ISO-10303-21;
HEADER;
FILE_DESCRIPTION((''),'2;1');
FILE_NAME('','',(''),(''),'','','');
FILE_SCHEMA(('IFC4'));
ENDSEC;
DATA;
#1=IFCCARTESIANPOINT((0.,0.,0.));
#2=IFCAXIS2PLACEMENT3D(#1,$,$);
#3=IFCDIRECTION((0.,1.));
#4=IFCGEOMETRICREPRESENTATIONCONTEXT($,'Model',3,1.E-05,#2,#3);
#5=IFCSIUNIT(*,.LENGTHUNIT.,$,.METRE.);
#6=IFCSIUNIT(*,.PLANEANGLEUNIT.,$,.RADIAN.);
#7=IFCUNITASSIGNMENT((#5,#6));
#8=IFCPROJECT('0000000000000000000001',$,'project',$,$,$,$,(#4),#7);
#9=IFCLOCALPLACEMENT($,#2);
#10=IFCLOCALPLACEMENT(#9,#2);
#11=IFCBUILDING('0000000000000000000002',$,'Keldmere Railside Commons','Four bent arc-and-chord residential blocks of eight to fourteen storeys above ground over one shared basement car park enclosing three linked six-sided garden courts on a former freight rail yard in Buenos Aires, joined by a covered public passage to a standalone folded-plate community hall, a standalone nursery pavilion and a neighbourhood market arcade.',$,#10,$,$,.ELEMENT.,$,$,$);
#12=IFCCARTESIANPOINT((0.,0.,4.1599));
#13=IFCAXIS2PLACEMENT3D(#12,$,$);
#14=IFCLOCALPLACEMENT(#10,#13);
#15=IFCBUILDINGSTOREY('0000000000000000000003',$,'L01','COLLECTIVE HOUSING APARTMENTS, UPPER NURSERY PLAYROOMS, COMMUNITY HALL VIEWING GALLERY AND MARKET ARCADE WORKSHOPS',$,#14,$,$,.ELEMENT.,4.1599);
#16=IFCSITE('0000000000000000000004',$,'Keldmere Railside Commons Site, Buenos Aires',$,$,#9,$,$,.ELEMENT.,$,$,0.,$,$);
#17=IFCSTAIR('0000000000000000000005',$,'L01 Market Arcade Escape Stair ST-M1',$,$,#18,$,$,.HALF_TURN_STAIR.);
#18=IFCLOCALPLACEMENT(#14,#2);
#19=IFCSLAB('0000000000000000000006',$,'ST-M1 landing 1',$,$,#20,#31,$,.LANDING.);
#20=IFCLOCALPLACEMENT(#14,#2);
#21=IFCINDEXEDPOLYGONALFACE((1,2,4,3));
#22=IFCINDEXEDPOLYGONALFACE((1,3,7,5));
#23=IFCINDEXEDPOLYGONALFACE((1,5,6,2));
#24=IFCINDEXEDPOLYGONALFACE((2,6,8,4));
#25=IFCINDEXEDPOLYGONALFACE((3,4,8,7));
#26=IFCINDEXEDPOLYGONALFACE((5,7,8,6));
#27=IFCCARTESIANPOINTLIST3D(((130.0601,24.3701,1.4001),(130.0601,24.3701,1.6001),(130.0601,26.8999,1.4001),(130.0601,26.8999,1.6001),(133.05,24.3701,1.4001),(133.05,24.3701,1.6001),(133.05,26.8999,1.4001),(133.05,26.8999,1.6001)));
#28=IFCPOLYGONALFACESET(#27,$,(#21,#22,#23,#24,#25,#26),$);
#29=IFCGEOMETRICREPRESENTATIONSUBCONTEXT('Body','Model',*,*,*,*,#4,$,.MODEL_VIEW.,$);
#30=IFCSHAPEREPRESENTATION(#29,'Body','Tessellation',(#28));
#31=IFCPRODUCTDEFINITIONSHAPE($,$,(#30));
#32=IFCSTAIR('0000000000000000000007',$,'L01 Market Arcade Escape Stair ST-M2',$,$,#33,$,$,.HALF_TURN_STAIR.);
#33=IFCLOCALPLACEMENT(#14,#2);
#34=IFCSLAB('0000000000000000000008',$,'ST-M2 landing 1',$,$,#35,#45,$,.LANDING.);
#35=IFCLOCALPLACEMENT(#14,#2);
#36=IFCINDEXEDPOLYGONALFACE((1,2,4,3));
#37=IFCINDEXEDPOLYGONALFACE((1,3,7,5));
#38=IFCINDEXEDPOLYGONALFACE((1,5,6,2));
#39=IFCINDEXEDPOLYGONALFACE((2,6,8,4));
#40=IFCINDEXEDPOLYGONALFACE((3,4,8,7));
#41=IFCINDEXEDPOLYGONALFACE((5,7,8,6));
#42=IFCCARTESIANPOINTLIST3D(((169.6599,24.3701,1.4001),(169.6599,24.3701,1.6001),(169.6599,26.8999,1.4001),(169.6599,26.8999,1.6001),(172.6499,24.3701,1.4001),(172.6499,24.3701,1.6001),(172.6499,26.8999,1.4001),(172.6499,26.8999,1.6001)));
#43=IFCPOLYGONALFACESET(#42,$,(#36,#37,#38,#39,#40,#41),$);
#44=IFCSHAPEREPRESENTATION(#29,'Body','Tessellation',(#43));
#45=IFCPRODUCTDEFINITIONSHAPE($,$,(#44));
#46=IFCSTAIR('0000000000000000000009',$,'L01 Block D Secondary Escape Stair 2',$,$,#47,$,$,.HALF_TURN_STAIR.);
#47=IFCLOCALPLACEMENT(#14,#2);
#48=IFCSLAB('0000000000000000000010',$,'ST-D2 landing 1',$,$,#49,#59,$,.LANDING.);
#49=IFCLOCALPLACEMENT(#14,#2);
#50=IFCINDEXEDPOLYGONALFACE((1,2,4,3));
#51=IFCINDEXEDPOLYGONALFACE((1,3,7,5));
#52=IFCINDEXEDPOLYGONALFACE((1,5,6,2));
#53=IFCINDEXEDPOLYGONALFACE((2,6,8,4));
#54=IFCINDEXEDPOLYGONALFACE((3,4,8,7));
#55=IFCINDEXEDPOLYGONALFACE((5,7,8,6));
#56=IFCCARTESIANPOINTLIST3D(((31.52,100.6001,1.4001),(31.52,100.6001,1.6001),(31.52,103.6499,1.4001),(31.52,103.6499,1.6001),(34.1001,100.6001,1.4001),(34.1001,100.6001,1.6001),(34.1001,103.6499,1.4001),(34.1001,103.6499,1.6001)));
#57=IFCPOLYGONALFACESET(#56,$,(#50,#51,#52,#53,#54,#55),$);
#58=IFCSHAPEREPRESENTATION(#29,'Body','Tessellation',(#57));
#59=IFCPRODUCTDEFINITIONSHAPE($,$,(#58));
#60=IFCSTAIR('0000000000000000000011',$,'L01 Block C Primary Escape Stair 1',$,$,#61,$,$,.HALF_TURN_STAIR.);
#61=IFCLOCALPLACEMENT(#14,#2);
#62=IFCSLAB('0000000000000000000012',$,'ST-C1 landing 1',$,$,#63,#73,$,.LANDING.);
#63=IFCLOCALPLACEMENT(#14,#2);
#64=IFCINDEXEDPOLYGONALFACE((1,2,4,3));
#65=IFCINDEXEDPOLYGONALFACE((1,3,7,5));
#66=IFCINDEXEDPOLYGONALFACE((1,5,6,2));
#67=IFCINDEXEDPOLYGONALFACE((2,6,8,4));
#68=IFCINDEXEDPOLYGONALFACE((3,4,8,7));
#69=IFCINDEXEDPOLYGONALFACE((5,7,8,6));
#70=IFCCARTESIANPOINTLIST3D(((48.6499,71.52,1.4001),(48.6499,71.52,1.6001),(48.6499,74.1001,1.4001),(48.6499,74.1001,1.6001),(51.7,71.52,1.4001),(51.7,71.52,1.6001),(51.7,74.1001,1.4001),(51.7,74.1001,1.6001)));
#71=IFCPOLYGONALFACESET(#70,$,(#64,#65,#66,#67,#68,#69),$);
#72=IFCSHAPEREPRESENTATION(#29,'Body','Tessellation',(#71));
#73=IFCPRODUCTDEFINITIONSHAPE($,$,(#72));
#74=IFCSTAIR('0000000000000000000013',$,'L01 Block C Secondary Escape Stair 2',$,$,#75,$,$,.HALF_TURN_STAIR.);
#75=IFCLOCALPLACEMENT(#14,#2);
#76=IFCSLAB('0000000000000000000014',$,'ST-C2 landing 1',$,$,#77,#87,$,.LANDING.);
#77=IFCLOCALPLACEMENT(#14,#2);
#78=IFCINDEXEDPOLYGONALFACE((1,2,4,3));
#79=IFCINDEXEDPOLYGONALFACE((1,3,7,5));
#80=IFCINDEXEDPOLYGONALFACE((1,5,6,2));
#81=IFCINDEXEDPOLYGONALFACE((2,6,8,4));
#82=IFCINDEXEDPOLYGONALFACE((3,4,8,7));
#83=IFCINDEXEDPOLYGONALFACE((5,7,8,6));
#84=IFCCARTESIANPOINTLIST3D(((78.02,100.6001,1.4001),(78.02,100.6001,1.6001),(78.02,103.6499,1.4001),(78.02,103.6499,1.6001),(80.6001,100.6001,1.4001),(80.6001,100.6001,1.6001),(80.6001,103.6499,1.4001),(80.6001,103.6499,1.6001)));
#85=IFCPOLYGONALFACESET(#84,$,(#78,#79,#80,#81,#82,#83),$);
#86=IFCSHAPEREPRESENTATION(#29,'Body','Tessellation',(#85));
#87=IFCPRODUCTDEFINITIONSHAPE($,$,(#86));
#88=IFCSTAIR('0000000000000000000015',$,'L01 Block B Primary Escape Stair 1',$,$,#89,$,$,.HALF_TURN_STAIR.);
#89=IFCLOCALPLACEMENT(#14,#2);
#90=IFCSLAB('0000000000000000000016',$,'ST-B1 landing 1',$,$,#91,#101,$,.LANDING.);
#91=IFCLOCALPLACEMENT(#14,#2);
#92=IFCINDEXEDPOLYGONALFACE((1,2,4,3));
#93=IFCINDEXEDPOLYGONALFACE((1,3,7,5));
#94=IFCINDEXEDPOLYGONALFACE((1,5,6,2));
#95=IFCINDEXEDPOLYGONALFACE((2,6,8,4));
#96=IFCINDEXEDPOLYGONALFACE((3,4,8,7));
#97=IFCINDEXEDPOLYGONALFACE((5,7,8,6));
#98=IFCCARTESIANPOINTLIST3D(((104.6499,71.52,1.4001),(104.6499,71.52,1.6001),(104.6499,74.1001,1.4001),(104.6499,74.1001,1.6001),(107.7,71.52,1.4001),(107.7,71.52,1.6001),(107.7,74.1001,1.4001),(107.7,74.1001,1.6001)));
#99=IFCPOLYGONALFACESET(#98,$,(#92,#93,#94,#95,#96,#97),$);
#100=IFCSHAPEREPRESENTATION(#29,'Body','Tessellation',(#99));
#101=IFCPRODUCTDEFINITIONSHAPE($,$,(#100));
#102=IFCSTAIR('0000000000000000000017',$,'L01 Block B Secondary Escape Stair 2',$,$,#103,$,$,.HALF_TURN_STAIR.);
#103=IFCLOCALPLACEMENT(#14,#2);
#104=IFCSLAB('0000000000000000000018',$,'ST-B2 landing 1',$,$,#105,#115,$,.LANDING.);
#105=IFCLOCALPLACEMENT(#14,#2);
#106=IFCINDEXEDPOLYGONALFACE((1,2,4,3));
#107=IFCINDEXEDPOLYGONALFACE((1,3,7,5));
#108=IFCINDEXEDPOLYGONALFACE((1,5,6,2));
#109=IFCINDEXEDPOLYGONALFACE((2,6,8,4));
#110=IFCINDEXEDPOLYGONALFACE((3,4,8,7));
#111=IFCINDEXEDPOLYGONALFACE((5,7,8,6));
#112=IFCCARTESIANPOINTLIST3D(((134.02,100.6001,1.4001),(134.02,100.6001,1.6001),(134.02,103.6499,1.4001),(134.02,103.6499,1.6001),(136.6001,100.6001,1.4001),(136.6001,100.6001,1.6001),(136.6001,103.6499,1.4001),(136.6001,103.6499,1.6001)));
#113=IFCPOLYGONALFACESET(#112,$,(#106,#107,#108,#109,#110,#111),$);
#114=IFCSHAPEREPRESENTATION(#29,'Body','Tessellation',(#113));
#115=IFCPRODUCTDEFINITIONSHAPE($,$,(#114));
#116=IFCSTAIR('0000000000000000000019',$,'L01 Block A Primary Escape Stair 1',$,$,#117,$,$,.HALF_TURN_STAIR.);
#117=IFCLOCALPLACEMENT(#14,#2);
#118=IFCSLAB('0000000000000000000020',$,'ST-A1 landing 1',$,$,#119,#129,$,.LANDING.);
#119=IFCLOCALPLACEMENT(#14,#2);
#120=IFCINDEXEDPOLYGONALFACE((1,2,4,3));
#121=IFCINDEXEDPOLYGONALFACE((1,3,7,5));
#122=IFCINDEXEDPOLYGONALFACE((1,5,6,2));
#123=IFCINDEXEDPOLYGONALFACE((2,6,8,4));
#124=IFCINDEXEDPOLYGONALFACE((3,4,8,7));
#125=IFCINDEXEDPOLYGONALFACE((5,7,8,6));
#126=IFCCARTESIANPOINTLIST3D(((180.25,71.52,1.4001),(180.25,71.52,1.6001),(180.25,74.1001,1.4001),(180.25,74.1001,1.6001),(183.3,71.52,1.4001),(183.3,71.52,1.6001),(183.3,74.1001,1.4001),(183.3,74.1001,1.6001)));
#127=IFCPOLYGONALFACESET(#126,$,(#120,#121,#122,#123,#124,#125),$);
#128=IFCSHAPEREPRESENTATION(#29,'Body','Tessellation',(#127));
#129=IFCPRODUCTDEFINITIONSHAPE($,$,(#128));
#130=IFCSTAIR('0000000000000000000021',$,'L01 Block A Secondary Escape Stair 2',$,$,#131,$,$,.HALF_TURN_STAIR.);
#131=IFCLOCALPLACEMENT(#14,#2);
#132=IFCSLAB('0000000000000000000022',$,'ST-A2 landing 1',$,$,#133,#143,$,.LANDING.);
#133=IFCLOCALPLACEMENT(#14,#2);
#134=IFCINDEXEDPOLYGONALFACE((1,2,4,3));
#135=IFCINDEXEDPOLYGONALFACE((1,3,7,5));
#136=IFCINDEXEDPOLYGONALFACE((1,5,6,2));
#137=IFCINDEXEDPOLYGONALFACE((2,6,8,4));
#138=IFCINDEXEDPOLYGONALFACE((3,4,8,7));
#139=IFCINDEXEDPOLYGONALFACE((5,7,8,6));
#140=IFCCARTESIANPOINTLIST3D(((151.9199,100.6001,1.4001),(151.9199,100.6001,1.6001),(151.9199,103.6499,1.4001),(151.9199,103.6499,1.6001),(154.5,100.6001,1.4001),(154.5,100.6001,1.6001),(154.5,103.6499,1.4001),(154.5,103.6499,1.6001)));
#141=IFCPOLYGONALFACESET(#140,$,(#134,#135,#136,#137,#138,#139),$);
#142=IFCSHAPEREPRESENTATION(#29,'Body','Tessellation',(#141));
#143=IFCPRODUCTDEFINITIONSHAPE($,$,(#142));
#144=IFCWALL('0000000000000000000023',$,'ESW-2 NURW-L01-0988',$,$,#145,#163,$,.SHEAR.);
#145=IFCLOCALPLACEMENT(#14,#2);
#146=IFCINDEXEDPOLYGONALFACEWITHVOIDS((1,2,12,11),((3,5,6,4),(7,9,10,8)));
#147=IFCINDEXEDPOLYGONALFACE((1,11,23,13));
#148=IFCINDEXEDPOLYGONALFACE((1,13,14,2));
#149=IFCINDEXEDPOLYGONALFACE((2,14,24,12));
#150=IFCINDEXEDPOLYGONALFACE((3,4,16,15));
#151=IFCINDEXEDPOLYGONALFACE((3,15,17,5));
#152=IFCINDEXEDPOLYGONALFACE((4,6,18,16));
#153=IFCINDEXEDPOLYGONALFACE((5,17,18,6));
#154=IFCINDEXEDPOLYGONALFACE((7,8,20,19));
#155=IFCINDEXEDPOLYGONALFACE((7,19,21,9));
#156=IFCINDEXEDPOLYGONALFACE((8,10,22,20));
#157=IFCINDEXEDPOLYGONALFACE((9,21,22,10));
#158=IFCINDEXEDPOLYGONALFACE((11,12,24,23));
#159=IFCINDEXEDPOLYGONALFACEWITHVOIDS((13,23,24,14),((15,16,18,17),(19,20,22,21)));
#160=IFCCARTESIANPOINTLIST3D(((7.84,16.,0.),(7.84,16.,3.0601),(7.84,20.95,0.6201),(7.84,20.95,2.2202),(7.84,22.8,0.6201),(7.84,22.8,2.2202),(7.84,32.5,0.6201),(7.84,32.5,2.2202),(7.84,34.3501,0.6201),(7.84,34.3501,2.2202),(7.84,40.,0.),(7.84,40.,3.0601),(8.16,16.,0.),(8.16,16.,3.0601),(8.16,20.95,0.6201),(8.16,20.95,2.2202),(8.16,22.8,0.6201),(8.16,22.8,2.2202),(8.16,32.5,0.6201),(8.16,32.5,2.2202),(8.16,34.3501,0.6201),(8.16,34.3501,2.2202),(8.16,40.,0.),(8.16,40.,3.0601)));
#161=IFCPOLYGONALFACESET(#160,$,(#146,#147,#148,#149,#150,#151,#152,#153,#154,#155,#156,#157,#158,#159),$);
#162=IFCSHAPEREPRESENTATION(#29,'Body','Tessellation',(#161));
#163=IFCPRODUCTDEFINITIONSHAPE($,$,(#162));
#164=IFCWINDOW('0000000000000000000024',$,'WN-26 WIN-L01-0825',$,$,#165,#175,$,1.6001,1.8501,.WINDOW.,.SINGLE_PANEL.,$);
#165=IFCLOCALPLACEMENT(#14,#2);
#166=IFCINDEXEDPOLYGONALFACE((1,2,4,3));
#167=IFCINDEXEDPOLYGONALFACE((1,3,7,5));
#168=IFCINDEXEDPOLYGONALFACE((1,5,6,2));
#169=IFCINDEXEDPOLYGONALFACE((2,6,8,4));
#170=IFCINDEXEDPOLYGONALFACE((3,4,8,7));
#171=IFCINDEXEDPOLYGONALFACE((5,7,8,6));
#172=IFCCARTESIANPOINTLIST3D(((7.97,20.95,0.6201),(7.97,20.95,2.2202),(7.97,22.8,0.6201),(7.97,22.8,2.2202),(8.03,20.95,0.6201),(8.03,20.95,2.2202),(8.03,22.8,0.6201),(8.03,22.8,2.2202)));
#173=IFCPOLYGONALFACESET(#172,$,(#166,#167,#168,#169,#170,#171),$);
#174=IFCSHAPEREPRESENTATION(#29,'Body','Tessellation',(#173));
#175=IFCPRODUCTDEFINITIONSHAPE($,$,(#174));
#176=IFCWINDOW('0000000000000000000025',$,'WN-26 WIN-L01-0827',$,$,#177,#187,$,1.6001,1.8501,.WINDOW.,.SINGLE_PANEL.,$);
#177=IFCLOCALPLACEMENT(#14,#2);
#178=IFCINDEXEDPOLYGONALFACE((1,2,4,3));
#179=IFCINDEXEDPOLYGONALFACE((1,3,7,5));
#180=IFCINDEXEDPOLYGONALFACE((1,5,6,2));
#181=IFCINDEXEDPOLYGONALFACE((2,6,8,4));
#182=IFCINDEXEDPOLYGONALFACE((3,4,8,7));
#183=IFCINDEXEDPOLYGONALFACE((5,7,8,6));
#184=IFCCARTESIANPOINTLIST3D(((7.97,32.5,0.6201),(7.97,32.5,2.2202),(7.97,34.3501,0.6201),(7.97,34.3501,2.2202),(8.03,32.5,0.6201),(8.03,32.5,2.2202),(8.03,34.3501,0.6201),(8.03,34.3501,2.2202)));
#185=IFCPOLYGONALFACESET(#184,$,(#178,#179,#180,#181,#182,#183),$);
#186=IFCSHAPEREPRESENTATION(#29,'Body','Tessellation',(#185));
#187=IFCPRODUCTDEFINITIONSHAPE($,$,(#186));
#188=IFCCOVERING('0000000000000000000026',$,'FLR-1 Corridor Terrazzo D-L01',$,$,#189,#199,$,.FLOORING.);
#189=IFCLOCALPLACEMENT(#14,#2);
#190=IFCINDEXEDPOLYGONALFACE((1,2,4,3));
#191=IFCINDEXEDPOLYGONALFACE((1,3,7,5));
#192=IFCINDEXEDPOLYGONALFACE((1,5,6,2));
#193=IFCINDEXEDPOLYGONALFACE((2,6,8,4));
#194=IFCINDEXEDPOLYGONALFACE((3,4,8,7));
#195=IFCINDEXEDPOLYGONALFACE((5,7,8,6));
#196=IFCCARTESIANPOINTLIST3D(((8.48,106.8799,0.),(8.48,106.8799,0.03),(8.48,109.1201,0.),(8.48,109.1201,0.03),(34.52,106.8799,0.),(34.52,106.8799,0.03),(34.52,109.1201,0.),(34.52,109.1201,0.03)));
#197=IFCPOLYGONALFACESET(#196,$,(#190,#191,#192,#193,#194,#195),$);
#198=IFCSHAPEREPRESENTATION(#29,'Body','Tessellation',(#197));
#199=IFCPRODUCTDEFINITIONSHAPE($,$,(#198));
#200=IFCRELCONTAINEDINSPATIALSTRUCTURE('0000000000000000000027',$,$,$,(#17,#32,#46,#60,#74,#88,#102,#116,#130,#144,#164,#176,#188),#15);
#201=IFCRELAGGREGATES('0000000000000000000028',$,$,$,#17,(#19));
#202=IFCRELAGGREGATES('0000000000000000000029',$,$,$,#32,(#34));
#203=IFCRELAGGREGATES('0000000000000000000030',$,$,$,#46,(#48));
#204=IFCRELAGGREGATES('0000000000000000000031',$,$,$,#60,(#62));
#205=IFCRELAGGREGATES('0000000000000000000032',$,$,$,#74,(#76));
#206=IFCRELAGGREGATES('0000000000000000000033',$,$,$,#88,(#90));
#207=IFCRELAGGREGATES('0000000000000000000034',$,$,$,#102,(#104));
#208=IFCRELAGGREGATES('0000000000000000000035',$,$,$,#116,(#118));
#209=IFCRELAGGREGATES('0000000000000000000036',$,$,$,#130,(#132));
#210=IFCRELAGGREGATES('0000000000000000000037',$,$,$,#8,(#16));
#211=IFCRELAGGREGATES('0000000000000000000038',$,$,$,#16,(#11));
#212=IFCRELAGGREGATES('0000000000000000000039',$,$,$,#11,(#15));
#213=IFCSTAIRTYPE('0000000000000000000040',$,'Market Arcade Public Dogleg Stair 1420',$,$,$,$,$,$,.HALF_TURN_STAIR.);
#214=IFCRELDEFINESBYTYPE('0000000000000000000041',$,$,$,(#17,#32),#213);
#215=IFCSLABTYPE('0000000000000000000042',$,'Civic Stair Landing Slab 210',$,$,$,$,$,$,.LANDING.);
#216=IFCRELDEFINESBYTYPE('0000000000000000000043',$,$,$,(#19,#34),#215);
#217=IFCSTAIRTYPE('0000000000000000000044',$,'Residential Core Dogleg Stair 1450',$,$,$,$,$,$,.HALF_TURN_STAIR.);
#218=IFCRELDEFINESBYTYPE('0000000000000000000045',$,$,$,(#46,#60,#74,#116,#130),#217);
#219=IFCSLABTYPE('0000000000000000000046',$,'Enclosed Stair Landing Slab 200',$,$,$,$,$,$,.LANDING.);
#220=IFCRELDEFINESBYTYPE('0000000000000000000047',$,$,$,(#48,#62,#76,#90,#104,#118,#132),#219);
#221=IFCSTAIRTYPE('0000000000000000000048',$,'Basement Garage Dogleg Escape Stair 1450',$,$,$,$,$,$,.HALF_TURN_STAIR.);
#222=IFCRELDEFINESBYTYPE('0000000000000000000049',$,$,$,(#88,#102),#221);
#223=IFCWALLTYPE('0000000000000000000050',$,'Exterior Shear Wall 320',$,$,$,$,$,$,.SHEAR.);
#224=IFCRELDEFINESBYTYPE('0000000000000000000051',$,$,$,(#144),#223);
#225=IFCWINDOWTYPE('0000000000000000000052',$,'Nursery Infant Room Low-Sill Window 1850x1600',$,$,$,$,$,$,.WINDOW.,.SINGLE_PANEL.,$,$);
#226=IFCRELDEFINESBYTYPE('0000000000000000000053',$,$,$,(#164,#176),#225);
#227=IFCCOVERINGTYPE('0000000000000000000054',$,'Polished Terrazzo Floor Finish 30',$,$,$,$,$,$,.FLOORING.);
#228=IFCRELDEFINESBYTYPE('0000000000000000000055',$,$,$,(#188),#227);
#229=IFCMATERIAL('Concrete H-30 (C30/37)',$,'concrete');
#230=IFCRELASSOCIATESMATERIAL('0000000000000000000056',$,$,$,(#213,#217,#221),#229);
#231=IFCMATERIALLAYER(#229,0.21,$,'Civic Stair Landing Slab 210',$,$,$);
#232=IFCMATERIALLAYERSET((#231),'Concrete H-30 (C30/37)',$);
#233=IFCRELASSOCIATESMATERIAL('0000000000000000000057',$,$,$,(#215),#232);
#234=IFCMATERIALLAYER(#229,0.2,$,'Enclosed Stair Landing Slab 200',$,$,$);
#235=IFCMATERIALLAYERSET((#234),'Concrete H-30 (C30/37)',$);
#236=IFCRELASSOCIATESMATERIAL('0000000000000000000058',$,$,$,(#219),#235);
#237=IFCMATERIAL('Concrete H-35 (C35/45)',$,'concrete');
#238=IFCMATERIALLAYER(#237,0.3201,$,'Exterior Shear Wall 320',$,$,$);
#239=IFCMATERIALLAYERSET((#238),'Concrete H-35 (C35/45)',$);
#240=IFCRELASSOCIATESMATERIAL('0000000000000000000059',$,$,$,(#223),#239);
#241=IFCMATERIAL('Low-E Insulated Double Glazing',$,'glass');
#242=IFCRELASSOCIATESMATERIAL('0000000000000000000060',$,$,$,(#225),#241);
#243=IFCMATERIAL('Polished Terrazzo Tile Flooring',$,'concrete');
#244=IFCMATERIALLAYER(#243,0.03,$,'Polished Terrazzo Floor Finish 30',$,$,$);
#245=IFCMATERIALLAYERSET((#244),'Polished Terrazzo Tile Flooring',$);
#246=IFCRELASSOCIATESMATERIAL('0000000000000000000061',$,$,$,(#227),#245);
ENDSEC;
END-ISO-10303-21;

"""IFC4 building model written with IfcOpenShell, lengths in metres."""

from ifc_helpers import new_model, si_unit, direction, frame, frame_2d, origin, place, context, subcontext, project, spatial, polyline, rectangle, outline, extrude, material, layer, layer_set, type_object, element, fill, aggregate, save


model = new_model("IFC4")

# Units and contexts
model_context = context("Model", 3, precision=1e-05, world=origin(), true_north=direction((0.0, 1.0)))
body_context = subcontext(model_context, "Body", "Model", "MODEL_VIEW")
ifc_project = project(units=[si_unit("LENGTHUNIT", "METRE"), si_unit("PLANEANGLEUNIT", "RADIAN")], contexts=[model_context])

# Site, building, storey
site_placement = place(None, origin())
site = spatial("IfcSite", under=ifc_project, at=site_placement, Name="Keldmere Railside Commons Site, Buenos Aires", CompositionType="ELEMENT", RefElevation=0.0)
building_placement = place(site_placement, origin())
building = spatial("IfcBuilding", under=site, at=building_placement, Name="Keldmere Railside Commons", Description="Four bent arc-and-chord residential blocks of eight to fourteen storeys above ground over one shared basement car park enclosing three linked six-sided garden courts on a former freight rail yard in Buenos Aires, joined by a covered public passage to a standalone folded-plate community hall, a standalone nursery pavilion and a neighbourhood market arcade.", CompositionType="ELEMENT")
storey_placement = place(building_placement, frame((0.0, 0.0, 4.1599)))
storey = spatial("IfcBuildingStorey", under=building, at=storey_placement, Name="L01", Description="COLLECTIVE HOUSING APARTMENTS, UPPER NURSERY PLAYROOMS, COMMUNITY HALL VIEWING GALLERY AND MARKET ARCADE WORKSHOPS", CompositionType="ELEMENT", Elevation=4.1599)

# Stairs, slabs
ifc_material_1 = material(Name="Concrete H-30 (C30/37)", Category="concrete")
stair_type_1 = type_object("IfcStairType", Name="Market Arcade Public Dogleg Stair 1420", PredefinedType="HALF_TURN_STAIR", material=ifc_material_1)
stair_1_placement = place(storey_placement, origin())
stair_1 = element("IfcStair", 1, at=stair_1_placement, inside=storey, type_object=stair_type_1, Name="L01 Market Arcade Escape Stair ST-M1", PredefinedType="HALF_TURN_STAIR")
ifc_layer_1 = layer(ifc_material_1, 0.21, Name="Civic Stair Landing Slab 210")
ifc_layer_set_1 = layer_set([ifc_layer_1], Name="Concrete H-30 (C30/37)")
slab_type_1 = type_object("IfcSlabType", Name="Civic Stair Landing Slab 210", PredefinedType="LANDING", material=ifc_layer_set_1)
slab_1_placement = place(storey_placement, frame((0.0, 0.0, 1.4001)))
slab_1 = element("IfcSlab", 2, at=slab_1_placement, type_object=slab_type_1, Name="ST-M1 landing 1", PredefinedType="LANDING", context=body_context, shape_type="SweptSolid", body=[
    extrude(outline(polyline([(133.05, 24.3701), (133.05, 26.8999), (130.0601, 26.8999), (130.0601, 24.3701), (133.05, 24.3701)])), origin(), (0.0, 0.0, 1.0), 0.2),
])
aggregate(stair_1, [slab_1])
stair_2_placement = place(storey_placement, origin())
stair_2 = element("IfcStair", 3, at=stair_2_placement, inside=storey, type_object=stair_type_1, Name="L01 Market Arcade Escape Stair ST-M2", PredefinedType="HALF_TURN_STAIR")
slab_2_placement = place(storey_placement, frame((0.0, 0.0, 1.4001)))
slab_2 = element("IfcSlab", 4, at=slab_2_placement, type_object=slab_type_1, Name="ST-M2 landing 1", PredefinedType="LANDING", context=body_context, shape_type="SweptSolid", body=[
    extrude(outline(polyline([(172.6499, 24.3701), (172.6499, 26.8999), (169.6599, 26.8999), (169.6599, 24.3701), (172.6499, 24.3701)])), origin(), (0.0, 0.0, 1.0), 0.2),
])
aggregate(stair_2, [slab_2])
stair_type_2 = type_object("IfcStairType", Name="Residential Core Dogleg Stair 1450", PredefinedType="HALF_TURN_STAIR", material=ifc_material_1)
stair_3_placement = place(storey_placement, origin())
stair_3 = element("IfcStair", 5, at=stair_3_placement, inside=storey, type_object=stair_type_2, Name="L01 Block D Secondary Escape Stair 2", PredefinedType="HALF_TURN_STAIR")
ifc_layer_2 = layer(ifc_material_1, 0.2, Name="Enclosed Stair Landing Slab 200")
ifc_layer_set_2 = layer_set([ifc_layer_2], Name="Concrete H-30 (C30/37)")
slab_type_2 = type_object("IfcSlabType", Name="Enclosed Stair Landing Slab 200", PredefinedType="LANDING", material=ifc_layer_set_2)
slab_3_placement = place(storey_placement, frame((0.0, 0.0, 1.4001)))
slab_3 = element("IfcSlab", 6, at=slab_3_placement, type_object=slab_type_2, Name="ST-D2 landing 1", PredefinedType="LANDING", context=body_context, shape_type="SweptSolid", body=[
    extrude(outline(polyline([(31.52, 100.6001), (34.1001, 100.6001), (34.1001, 103.6499), (31.52, 103.6499), (31.52, 100.6001)])), origin(), (0.0, 0.0, 1.0), 0.2),
])
aggregate(stair_3, [slab_3])
stair_4_placement = place(storey_placement, origin())
stair_4 = element("IfcStair", 7, at=stair_4_placement, inside=storey, type_object=stair_type_2, Name="L01 Block C Primary Escape Stair 1", PredefinedType="HALF_TURN_STAIR")
slab_4_placement = place(storey_placement, frame((0.0, 0.0, 1.4001)))
slab_4 = element("IfcSlab", 8, at=slab_4_placement, type_object=slab_type_2, Name="ST-C1 landing 1", PredefinedType="LANDING", context=body_context, shape_type="SweptSolid", body=[
    extrude(outline(polyline([(51.7, 71.52), (51.7, 74.1001), (48.6499, 74.1001), (48.6499, 71.52), (51.7, 71.52)])), origin(), (0.0, 0.0, 1.0), 0.2),
])
aggregate(stair_4, [slab_4])
stair_5_placement = place(storey_placement, origin())
stair_5 = element("IfcStair", 9, at=stair_5_placement, inside=storey, type_object=stair_type_2, Name="L01 Block C Secondary Escape Stair 2", PredefinedType="HALF_TURN_STAIR")
slab_5_placement = place(storey_placement, frame((0.0, 0.0, 1.4001)))
slab_5 = element("IfcSlab", 10, at=slab_5_placement, type_object=slab_type_2, Name="ST-C2 landing 1", PredefinedType="LANDING", context=body_context, shape_type="SweptSolid", body=[
    extrude(outline(polyline([(78.02, 100.6001), (80.6001, 100.6001), (80.6001, 103.6499), (78.02, 103.6499), (78.02, 100.6001)])), origin(), (0.0, 0.0, 1.0), 0.2),
])
aggregate(stair_5, [slab_5])
stair_type_3 = type_object("IfcStairType", Name="Basement Garage Dogleg Escape Stair 1450", PredefinedType="HALF_TURN_STAIR", material=ifc_material_1)
stair_6_placement = place(storey_placement, origin())
stair_6 = element("IfcStair", 11, at=stair_6_placement, inside=storey, type_object=stair_type_3, Name="L01 Block B Primary Escape Stair 1", PredefinedType="HALF_TURN_STAIR")
slab_6_placement = place(storey_placement, frame((0.0, 0.0, 1.4001)))
slab_6 = element("IfcSlab", 12, at=slab_6_placement, type_object=slab_type_2, Name="ST-B1 landing 1", PredefinedType="LANDING", context=body_context, shape_type="SweptSolid", body=[
    extrude(outline(polyline([(107.7, 71.52), (107.7, 74.1001), (104.6499, 74.1001), (104.6499, 71.52), (107.7, 71.52)])), origin(), (0.0, 0.0, 1.0), 0.2),
])
aggregate(stair_6, [slab_6])
stair_7_placement = place(storey_placement, origin())
stair_7 = element("IfcStair", 13, at=stair_7_placement, inside=storey, type_object=stair_type_3, Name="L01 Block B Secondary Escape Stair 2", PredefinedType="HALF_TURN_STAIR")
slab_7_placement = place(storey_placement, frame((0.0, 0.0, 1.4001)))
slab_7 = element("IfcSlab", 14, at=slab_7_placement, type_object=slab_type_2, Name="ST-B2 landing 1", PredefinedType="LANDING", context=body_context, shape_type="SweptSolid", body=[
    extrude(outline(polyline([(134.02, 100.6001), (136.6001, 100.6001), (136.6001, 103.6499), (134.02, 103.6499), (134.02, 100.6001)])), origin(), (0.0, 0.0, 1.0), 0.2),
])
aggregate(stair_7, [slab_7])
stair_8_placement = place(storey_placement, origin())
stair_8 = element("IfcStair", 15, at=stair_8_placement, inside=storey, type_object=stair_type_2, Name="L01 Block A Primary Escape Stair 1", PredefinedType="HALF_TURN_STAIR")
slab_8_placement = place(storey_placement, frame((0.0, 0.0, 1.4001)))
slab_8 = element("IfcSlab", 16, at=slab_8_placement, type_object=slab_type_2, Name="ST-A1 landing 1", PredefinedType="LANDING", context=body_context, shape_type="SweptSolid", body=[
    extrude(outline(polyline([(183.3, 71.52), (183.3, 74.1001), (180.25, 74.1001), (180.25, 71.52), (183.3, 71.52)])), origin(), (0.0, 0.0, 1.0), 0.2),
])
aggregate(stair_8, [slab_8])
stair_9_placement = place(storey_placement, origin())
stair_9 = element("IfcStair", 17, at=stair_9_placement, inside=storey, type_object=stair_type_2, Name="L01 Block A Secondary Escape Stair 2", PredefinedType="HALF_TURN_STAIR")
slab_9_placement = place(storey_placement, frame((0.0, 0.0, 1.4001)))
slab_9 = element("IfcSlab", 18, at=slab_9_placement, type_object=slab_type_2, Name="ST-A2 landing 1", PredefinedType="LANDING", context=body_context, shape_type="SweptSolid", body=[
    extrude(outline(polyline([(151.9199, 100.6001), (154.5, 100.6001), (154.5, 103.6499), (151.9199, 103.6499), (151.9199, 100.6001)])), origin(), (0.0, 0.0, 1.0), 0.2),
])
aggregate(stair_9, [slab_9])

# Wall, openings, windows
ifc_material_2 = material(Name="Concrete H-35 (C35/45)", Category="concrete")
ifc_layer_3 = layer(ifc_material_2, 0.3201, Name="Exterior Shear Wall 320")
ifc_layer_set_3 = layer_set([ifc_layer_3], Name="Concrete H-35 (C35/45)")
wall_type = type_object("IfcWallType", Name="Exterior Shear Wall 320", PredefinedType="SHEAR", material=ifc_layer_set_3)
wall_placement = place(storey_placement, frame((8.0, 16.0, 0.0), z_axis=(0.0, 0.0, 1.0), x_axis=(0.0, 1.0, 0.0)))
wall = element("IfcWall", 19, at=wall_placement, inside=storey, type_object=wall_type, Name="ESW-2 NURW-L01-0988", PredefinedType="SHEAR", context=body_context, shape_type="SweptSolid", body=[
    extrude(rectangle(XDim=24.0, YDim=0.3201, at=frame_2d((12.0, 0.0))), origin(), (0.0, 0.0, 1.0), 3.0601),
])
opening_1_placement = place(wall_placement, frame((4.95, 0.0, 0.6201)))
opening_1 = element("IfcOpeningElement", 20, at=opening_1_placement, cuts=wall, PredefinedType="OPENING", context=body_context, shape_type="SweptSolid", body=[
    extrude(rectangle(XDim=1.8501, YDim=1.6001, at=frame_2d((0.925, 0.8))), frame((0.0, 0.1699, 0.0), z_axis=(0.0, -1.0, 0.0), x_axis=(1.0, 0.0, 0.0)), (0.0, 0.0, 1.0), 0.3401),
])
opening_2_placement = place(wall_placement, frame((16.5, 0.0, 0.6201)))
opening_2 = element("IfcOpeningElement", 21, at=opening_2_placement, cuts=wall, PredefinedType="OPENING", context=body_context, shape_type="SweptSolid", body=[
    extrude(rectangle(XDim=1.8501, YDim=1.6001, at=frame_2d((0.925, 0.8))), frame((0.0, 0.1699, 0.0), z_axis=(0.0, -1.0, 0.0), x_axis=(1.0, 0.0, 0.0)), (0.0, 0.0, 1.0), 0.3401),
])
ifc_material_3 = material(Name="Low-E Insulated Double Glazing", Category="glass")
window_type = type_object("IfcWindowType", Name="Nursery Infant Room Low-Sill Window 1850x1600", PartitioningType="SINGLE_PANEL", PredefinedType="WINDOW", material=ifc_material_3)
window_1_placement = place(opening_1_placement, origin())
window_1 = element("IfcWindow", 22, at=window_1_placement, inside=storey, type_object=window_type, Name="WN-26 WIN-L01-0825", OverallHeight=1.6001, OverallWidth=1.8501, PartitioningType="SINGLE_PANEL", PredefinedType="WINDOW", context=body_context, shape_type="SweptSolid", body=[
    extrude(rectangle(XDim=1.8501, YDim=1.6001, at=frame_2d((0.925, 0.8))), frame((0.0, 0.03, 0.0), z_axis=(0.0, -1.0, 0.0), x_axis=(1.0, 0.0, 0.0)), (0.0, 0.0, 1.0), 0.0601),
])
fill(opening_1, window_1)
window_2_placement = place(opening_2_placement, origin())
window_2 = element("IfcWindow", 23, at=window_2_placement, inside=storey, type_object=window_type, Name="WN-26 WIN-L01-0827", OverallHeight=1.6001, OverallWidth=1.8501, PartitioningType="SINGLE_PANEL", PredefinedType="WINDOW", context=body_context, shape_type="SweptSolid", body=[
    extrude(rectangle(XDim=1.8501, YDim=1.6001, at=frame_2d((0.925, 0.8))), frame((0.0, 0.03, 0.0), z_axis=(0.0, -1.0, 0.0), x_axis=(1.0, 0.0, 0.0)), (0.0, 0.0, 1.0), 0.0601),
])
fill(opening_2, window_2)

# Covering
ifc_material_4 = material(Name="Polished Terrazzo Tile Flooring", Category="concrete")
ifc_layer_4 = layer(ifc_material_4, 0.03, Name="Polished Terrazzo Floor Finish 30")
ifc_layer_set_4 = layer_set([ifc_layer_4], Name="Polished Terrazzo Tile Flooring")
covering_type_1 = type_object("IfcCoveringType", Name="Polished Terrazzo Floor Finish 30", PredefinedType="FLOORING", material=ifc_layer_set_4)
covering_1_placement = place(storey_placement, origin())
element("IfcCovering", 24, at=covering_1_placement, inside=storey, type_object=covering_type_1, Name="FLR-1 Corridor Terrazzo D-L01", PredefinedType="FLOORING", context=body_context, shape_type="SweptSolid", body=[
    extrude(outline(polyline([(8.48, 106.8799), (34.52, 106.8799), (34.52, 109.1201), (8.48, 109.1201), (8.48, 106.8799)])), origin(), (0.0, 0.0, 1.0), 0.03),
])

save(model, "model.ifc")
